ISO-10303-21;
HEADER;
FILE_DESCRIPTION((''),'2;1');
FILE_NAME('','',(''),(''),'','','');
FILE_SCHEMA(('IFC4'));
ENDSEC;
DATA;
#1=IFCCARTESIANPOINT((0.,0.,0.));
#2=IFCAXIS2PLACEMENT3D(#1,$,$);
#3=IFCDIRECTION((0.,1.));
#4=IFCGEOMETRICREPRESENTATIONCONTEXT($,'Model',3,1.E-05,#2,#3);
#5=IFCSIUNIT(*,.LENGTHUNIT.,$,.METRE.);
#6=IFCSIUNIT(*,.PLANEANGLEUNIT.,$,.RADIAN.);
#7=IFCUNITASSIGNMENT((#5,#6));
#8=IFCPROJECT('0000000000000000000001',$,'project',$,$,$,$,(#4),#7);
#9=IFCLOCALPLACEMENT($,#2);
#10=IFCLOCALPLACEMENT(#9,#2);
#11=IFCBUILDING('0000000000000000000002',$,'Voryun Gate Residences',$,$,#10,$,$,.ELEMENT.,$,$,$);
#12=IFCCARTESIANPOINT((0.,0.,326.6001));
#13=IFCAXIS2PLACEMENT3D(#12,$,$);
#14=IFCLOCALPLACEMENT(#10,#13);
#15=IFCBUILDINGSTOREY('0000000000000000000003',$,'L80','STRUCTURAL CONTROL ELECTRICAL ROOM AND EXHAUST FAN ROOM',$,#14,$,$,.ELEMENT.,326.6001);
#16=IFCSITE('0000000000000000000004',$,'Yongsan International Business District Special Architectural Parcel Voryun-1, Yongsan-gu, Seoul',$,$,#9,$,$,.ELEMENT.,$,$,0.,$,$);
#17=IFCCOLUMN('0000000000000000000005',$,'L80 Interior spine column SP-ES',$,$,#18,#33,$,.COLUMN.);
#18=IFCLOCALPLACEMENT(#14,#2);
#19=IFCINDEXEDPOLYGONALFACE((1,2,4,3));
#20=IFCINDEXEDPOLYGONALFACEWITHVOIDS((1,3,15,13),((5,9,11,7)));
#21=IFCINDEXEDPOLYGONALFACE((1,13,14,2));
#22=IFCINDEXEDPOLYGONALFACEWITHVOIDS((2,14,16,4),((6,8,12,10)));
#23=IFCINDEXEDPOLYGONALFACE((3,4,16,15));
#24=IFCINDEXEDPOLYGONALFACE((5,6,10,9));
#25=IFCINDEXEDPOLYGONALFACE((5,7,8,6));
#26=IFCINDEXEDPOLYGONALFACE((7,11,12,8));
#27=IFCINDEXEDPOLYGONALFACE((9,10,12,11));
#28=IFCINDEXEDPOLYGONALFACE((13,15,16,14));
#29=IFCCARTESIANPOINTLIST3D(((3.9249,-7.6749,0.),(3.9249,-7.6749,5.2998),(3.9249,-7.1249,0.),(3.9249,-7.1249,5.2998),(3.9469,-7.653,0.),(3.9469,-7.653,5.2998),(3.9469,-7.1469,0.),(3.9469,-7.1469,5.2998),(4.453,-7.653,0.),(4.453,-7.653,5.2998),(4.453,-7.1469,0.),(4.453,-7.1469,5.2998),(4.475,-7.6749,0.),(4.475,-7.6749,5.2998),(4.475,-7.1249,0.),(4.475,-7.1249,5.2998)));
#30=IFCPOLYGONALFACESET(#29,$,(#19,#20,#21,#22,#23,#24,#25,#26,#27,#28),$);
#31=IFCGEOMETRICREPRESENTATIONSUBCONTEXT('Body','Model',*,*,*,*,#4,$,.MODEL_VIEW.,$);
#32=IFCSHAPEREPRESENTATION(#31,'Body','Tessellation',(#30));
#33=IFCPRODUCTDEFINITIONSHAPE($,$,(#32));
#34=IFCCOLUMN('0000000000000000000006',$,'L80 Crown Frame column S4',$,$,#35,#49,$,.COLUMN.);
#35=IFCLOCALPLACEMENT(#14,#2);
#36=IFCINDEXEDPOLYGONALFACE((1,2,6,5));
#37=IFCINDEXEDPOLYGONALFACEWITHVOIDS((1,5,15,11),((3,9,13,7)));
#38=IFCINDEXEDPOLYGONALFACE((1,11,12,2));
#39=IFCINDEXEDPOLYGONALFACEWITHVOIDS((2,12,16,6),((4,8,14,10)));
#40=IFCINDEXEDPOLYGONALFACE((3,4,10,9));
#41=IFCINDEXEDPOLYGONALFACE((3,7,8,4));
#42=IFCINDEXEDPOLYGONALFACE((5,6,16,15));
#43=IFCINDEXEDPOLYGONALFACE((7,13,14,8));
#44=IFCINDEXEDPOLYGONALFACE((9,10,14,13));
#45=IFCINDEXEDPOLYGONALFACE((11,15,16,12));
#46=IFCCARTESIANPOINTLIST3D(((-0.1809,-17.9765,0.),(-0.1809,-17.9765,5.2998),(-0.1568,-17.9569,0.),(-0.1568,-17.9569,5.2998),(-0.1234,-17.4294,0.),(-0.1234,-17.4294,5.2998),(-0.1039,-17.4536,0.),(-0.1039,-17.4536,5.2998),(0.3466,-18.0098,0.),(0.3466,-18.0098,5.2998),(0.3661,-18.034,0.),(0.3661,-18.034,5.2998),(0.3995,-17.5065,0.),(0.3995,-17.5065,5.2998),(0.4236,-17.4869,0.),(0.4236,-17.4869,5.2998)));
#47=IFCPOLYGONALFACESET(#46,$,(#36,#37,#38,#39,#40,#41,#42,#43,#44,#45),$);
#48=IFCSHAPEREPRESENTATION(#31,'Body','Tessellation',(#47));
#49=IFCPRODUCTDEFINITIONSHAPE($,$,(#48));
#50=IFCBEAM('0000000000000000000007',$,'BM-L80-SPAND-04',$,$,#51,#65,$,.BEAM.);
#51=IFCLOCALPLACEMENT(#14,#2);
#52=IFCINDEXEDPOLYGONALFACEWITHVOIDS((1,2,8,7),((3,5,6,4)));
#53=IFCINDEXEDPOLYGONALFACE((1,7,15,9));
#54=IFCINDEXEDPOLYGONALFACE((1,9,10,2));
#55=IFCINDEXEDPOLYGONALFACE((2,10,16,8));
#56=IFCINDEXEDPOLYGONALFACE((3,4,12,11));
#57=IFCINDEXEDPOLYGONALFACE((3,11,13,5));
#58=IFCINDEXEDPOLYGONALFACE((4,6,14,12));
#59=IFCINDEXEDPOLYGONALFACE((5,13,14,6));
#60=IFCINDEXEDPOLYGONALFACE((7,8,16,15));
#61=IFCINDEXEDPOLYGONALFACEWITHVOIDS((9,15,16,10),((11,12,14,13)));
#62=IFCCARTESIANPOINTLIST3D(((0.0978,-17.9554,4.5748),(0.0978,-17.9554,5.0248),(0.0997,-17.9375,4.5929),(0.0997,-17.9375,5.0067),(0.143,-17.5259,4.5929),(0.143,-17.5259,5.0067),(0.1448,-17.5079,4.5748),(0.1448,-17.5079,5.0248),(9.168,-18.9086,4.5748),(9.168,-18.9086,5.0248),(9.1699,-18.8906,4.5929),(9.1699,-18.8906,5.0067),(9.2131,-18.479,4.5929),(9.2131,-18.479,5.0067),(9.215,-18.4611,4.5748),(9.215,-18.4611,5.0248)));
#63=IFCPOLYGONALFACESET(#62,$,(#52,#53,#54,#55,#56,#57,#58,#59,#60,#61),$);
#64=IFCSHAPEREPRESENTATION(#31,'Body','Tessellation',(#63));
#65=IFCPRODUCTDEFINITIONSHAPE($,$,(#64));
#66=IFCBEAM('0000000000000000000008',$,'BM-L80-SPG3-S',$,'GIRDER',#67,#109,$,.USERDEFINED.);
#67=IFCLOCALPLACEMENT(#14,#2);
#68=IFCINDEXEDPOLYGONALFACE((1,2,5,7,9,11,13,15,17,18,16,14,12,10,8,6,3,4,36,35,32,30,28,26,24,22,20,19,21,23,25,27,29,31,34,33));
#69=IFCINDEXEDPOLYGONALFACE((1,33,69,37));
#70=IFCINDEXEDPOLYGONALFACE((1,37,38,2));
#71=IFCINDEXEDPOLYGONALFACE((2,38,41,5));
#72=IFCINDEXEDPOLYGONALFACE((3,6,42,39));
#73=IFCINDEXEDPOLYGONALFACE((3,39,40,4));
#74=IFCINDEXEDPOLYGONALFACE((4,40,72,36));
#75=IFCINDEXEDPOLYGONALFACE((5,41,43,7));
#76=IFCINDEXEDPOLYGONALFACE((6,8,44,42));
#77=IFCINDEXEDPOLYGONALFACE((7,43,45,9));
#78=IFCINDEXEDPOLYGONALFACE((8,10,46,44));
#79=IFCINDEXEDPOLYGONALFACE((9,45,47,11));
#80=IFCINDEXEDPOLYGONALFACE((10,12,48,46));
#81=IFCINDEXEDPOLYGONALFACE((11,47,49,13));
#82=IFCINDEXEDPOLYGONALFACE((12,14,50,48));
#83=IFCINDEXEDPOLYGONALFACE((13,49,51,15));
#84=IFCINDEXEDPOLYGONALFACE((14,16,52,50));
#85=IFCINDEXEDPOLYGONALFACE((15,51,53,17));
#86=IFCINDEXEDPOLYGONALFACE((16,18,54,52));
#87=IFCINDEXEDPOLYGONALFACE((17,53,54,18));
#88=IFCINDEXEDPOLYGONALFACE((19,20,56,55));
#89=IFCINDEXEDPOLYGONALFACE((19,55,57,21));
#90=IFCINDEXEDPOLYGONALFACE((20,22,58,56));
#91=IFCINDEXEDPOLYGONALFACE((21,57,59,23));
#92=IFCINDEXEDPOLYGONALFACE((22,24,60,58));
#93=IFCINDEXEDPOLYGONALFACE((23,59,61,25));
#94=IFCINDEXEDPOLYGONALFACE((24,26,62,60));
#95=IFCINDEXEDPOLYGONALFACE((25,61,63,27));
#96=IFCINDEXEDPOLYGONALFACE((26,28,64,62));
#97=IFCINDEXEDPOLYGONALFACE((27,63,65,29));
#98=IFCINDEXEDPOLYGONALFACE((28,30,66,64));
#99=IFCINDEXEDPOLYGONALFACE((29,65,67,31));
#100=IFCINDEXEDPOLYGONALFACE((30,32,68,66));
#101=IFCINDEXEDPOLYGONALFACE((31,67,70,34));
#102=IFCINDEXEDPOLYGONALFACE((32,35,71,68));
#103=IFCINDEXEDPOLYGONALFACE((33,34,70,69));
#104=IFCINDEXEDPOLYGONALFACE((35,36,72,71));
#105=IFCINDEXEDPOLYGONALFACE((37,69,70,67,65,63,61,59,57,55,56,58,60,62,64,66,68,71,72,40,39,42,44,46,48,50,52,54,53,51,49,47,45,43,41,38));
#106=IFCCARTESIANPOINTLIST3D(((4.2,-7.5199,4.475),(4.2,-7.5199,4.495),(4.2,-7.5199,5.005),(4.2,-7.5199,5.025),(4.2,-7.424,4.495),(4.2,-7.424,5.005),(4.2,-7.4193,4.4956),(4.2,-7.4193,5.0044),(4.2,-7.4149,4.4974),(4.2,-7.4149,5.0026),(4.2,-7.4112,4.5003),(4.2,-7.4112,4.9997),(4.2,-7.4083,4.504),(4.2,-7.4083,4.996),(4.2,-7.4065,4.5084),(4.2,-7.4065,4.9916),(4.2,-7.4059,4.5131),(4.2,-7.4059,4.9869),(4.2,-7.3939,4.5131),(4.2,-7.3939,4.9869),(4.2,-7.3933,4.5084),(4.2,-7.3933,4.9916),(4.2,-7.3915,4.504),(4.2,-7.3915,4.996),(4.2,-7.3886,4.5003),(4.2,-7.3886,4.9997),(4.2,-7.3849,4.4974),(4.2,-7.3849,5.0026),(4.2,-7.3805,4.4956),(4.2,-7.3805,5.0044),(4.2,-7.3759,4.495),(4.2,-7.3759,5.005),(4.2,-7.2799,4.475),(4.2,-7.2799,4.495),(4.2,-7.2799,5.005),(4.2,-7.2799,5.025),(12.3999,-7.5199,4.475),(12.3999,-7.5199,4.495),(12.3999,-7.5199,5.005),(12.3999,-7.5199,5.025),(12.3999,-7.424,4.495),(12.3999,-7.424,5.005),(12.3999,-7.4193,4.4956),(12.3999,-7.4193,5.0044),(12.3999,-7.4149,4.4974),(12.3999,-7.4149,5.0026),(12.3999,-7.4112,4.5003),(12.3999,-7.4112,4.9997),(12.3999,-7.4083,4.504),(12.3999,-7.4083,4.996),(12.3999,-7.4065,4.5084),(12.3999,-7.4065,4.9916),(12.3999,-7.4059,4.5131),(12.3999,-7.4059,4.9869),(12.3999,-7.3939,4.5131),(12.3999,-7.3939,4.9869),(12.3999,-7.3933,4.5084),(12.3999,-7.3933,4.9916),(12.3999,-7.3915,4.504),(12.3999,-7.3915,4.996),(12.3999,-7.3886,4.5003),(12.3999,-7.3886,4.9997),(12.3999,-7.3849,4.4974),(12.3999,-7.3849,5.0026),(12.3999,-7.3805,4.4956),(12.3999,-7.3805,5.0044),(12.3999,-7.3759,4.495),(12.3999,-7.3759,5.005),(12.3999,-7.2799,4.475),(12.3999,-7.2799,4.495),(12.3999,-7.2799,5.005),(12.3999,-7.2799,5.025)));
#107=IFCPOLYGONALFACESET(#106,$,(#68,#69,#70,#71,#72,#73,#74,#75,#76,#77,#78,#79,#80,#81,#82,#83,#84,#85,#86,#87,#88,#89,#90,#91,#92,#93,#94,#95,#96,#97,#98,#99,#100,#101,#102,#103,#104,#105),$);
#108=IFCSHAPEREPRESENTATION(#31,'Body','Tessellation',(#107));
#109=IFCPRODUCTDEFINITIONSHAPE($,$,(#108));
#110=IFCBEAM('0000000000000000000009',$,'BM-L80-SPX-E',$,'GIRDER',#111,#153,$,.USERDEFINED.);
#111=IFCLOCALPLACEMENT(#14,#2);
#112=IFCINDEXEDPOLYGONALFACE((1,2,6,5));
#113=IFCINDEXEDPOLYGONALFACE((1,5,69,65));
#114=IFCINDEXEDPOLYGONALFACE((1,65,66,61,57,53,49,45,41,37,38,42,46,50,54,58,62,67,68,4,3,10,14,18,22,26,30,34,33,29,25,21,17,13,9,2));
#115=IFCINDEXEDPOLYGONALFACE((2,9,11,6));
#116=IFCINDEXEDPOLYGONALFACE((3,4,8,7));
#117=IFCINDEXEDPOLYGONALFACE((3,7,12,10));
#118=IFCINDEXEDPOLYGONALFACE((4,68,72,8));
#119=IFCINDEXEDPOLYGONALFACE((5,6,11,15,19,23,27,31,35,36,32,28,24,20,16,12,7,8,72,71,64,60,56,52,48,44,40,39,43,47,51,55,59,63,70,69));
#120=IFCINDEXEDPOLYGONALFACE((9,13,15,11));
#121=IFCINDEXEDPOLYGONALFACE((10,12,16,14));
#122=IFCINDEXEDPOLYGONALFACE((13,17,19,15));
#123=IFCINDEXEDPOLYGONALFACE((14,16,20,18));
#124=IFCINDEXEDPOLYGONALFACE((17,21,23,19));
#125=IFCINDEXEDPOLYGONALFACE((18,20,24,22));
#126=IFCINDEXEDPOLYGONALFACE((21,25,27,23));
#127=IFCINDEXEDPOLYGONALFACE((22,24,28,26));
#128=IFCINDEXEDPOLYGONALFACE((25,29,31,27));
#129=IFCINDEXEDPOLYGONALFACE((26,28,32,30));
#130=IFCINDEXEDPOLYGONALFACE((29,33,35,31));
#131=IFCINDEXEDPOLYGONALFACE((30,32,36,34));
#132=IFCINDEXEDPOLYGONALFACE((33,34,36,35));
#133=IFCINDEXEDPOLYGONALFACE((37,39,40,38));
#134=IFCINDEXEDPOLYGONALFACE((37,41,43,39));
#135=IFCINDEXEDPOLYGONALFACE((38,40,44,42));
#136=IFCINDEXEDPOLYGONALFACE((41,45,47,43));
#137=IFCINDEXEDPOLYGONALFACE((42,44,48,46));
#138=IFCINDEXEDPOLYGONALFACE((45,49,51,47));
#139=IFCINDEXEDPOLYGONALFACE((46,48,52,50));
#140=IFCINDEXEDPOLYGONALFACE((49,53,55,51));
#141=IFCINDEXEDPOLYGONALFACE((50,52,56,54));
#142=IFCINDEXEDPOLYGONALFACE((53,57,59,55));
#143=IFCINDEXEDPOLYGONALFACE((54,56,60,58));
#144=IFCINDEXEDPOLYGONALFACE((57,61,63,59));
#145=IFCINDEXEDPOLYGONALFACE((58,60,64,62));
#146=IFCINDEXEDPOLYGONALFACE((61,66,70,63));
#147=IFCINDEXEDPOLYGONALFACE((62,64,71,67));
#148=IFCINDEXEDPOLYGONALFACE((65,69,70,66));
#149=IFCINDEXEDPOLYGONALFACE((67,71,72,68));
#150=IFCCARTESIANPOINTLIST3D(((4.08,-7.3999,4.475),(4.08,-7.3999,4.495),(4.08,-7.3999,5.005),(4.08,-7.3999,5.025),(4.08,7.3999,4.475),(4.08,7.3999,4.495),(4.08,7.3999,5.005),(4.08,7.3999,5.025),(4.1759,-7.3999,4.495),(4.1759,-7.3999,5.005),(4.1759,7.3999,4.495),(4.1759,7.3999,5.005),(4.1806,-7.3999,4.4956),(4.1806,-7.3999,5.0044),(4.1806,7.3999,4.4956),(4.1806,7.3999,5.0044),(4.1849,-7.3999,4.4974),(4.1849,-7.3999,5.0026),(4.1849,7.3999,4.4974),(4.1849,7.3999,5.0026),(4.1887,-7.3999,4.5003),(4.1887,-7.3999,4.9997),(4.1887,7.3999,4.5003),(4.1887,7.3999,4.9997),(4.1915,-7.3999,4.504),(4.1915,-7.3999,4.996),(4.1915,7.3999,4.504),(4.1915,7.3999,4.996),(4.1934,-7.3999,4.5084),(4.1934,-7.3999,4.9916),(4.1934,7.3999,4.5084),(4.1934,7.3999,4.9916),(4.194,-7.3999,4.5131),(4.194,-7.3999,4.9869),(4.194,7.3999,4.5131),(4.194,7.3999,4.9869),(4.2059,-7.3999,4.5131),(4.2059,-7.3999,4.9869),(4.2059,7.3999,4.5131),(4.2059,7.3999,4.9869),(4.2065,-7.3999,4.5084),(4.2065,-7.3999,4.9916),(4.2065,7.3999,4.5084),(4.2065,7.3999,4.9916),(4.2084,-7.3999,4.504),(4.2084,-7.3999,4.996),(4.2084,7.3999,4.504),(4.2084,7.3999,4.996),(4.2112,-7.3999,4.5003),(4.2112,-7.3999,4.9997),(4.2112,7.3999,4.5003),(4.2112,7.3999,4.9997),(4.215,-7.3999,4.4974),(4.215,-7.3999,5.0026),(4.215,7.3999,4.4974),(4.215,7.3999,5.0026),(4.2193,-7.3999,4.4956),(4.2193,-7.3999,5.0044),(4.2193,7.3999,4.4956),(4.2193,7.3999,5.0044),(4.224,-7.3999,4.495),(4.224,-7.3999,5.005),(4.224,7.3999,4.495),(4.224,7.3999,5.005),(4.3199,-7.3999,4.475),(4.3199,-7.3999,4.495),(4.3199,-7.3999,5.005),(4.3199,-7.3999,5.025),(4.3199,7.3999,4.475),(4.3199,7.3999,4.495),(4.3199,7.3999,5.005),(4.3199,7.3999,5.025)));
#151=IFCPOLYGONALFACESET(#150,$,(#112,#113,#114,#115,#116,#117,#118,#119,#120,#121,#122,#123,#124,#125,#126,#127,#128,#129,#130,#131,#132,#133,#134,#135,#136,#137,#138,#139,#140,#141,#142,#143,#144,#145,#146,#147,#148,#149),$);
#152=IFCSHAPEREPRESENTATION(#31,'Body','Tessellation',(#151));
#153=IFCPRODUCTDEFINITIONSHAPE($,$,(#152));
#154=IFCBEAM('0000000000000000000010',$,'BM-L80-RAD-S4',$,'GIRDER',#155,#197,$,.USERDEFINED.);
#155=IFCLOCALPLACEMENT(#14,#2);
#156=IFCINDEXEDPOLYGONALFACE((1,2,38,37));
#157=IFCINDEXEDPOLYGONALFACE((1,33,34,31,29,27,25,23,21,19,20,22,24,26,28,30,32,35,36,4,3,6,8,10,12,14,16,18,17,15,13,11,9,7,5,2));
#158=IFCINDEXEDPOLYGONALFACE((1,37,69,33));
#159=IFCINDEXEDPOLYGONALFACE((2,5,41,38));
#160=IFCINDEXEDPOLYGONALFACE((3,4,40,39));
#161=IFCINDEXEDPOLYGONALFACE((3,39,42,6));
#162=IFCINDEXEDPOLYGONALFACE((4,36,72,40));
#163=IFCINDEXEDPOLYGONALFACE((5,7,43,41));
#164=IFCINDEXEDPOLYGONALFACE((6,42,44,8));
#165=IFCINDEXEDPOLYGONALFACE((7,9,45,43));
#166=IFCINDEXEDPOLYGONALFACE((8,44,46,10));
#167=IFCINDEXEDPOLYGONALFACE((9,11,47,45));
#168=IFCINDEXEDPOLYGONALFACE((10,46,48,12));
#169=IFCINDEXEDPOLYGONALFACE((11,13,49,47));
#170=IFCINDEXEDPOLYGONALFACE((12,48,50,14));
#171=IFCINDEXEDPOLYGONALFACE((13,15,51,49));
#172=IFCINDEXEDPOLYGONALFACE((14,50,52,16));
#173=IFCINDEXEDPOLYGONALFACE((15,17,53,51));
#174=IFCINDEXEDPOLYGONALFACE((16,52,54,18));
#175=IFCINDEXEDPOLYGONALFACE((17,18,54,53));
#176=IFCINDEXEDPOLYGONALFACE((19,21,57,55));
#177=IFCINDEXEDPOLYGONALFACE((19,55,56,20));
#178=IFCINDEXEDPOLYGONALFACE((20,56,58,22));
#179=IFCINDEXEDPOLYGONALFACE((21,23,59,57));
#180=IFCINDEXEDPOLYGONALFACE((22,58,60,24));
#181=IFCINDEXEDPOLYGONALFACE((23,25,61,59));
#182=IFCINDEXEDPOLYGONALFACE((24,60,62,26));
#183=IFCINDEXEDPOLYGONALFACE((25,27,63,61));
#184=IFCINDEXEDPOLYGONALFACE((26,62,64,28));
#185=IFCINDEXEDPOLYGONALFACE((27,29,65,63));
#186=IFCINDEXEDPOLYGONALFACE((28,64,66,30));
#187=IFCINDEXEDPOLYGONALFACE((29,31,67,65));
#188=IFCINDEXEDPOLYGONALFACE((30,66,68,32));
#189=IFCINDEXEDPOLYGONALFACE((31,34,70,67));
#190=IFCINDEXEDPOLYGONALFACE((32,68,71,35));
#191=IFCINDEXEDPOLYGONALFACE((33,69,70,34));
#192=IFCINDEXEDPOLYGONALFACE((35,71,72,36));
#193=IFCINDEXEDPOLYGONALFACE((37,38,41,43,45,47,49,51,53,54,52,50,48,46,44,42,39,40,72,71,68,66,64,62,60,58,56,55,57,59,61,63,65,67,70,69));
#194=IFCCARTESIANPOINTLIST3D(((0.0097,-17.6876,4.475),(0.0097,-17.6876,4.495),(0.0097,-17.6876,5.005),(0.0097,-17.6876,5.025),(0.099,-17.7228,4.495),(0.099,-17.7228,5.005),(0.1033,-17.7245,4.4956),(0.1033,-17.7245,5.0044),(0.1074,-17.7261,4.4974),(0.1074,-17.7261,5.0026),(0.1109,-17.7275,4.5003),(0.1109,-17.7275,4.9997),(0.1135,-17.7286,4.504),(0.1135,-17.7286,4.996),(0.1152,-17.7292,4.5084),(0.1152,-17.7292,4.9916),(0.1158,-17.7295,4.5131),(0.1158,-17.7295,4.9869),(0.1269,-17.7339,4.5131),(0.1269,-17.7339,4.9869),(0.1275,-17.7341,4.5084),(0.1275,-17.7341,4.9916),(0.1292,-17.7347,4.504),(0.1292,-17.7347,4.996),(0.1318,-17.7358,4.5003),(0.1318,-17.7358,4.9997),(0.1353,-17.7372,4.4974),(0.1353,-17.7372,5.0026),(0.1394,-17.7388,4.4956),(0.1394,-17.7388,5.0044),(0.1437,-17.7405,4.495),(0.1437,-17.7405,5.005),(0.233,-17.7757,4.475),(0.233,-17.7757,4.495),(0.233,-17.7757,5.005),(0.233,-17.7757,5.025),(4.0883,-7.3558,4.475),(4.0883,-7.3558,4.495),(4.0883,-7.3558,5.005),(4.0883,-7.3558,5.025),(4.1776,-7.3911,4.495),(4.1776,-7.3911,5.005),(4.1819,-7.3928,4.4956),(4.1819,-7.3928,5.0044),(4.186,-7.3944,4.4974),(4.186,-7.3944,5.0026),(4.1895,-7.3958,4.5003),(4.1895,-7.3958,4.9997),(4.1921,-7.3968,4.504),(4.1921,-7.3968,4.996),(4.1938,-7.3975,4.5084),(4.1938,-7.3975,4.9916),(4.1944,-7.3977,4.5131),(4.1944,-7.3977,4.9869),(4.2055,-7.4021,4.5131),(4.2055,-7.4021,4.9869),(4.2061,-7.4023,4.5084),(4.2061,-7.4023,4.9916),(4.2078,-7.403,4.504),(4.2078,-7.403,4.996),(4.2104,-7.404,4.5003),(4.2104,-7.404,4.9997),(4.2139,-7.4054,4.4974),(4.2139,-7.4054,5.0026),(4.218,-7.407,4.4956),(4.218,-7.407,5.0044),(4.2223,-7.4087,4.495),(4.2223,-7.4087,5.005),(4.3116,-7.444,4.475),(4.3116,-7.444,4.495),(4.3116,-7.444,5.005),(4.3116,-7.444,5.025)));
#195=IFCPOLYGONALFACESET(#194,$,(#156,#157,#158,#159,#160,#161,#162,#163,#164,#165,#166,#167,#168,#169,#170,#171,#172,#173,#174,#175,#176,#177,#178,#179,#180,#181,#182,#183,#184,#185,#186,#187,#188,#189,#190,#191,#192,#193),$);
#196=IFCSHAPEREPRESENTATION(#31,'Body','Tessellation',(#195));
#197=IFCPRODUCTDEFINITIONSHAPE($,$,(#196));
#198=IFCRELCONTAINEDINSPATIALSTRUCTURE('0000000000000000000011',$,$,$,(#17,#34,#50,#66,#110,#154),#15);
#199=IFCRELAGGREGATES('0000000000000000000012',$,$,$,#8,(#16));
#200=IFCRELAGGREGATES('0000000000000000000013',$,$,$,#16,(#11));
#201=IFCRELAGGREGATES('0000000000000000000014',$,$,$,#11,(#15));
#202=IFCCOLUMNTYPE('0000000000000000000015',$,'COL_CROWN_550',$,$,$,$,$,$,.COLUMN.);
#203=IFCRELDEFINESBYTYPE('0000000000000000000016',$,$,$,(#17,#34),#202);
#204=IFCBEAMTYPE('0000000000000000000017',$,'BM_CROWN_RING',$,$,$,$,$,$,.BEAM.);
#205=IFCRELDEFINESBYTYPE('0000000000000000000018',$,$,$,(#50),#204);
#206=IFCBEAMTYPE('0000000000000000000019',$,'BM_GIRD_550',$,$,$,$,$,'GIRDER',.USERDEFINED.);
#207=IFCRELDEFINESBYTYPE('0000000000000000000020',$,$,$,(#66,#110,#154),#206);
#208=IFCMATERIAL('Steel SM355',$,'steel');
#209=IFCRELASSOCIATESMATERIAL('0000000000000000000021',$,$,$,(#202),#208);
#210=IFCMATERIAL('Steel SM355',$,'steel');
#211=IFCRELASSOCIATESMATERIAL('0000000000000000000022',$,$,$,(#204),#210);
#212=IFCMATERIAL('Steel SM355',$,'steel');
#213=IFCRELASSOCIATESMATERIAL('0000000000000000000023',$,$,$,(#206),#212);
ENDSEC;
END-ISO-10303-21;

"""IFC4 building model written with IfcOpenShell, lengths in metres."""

from ifc_helpers import new_model, si_unit, direction, frame, origin, origin_2d, place, context, subcontext, project, spatial, hollow_rectangle, i_section, extrude, material, material_profile, profile_set, type_object, element, save


model = new_model("IFC4")

# Units and contexts
model_context = context("Model", 3, precision=1e-05, world=origin(), true_north=direction((0.0, 1.0)))
body_context = subcontext(model_context, "Body", "Model", "MODEL_VIEW")
ifc_project = project(units=[si_unit("LENGTHUNIT", "METRE"), si_unit("PLANEANGLEUNIT", "RADIAN")], contexts=[model_context])

# Site, building, storey
site_placement = place(None, origin())
site = spatial("IfcSite", under=ifc_project, at=site_placement, Name="Yongsan International Business District Special Architectural Parcel Voryun-1, Yongsan-gu, Seoul", CompositionType="ELEMENT", RefElevation=0.0)
building_placement = place(site_placement, origin())
building = spatial("IfcBuilding", under=site, at=building_placement, Name="Voryun Gate Residences", CompositionType="ELEMENT")
storey_placement = place(building_placement, frame((0.0, 0.0, 326.6001)))
storey = spatial("IfcBuildingStorey", under=building, at=storey_placement, Name="L80", Description="STRUCTURAL CONTROL ELECTRICAL ROOM AND EXHAUST FAN ROOM", CompositionType="ELEMENT", Elevation=326.6001)

# Columns
ifc_material_1 = material(Name="Steel SM355", Category="steel")
ifc_material_profile_1 = material_profile(ifc_material_1, hollow_rectangle(XDim=0.55, YDim=0.55, WallThickness=0.022, at=origin_2d()), Name="BOX-550x550x22")
ifc_profile_set_1 = profile_set([ifc_material_profile_1], Name="Steel SM355")
column_type = type_object("IfcColumnType", Name="COL_CROWN_550", PredefinedType="COLUMN", material=ifc_profile_set_1)
for number, where, z_axis, x_axis, name in (
    (1, (4.2, -7.3999, 0.0), (0.0, 0.0, 1.0), (1.0, 0.0, 0.0), "L80 Interior spine column SP-ES"),
    (2, (0.1213, -17.7317, 0.0), (0.0, 0.0, 1.0), (0.994522, -0.104528, 0.0), "L80 Crown Frame column S4"),
):
    element("IfcColumn", number, at=place(storey_placement, frame(where, z_axis=z_axis, x_axis=x_axis)), inside=storey, type_object=column_type, Name=name, PredefinedType="COLUMN", context=body_context, shape_type="SweptSolid", body=[
        extrude(hollow_rectangle(XDim=0.55, YDim=0.55, WallThickness=0.022, at=origin_2d()), origin(), (0.0, 0.0, 1.0), 5.2998),
    ])

# Beams
ifc_material_2 = material(Name="Steel SM355", Category="steel")
ifc_material_profile_2 = material_profile(ifc_material_2, hollow_rectangle(XDim=0.45, YDim=0.45, WallThickness=0.0181, at=origin_2d()), Name="BOX-450x450x18")
ifc_profile_set_2 = profile_set([ifc_material_profile_2], Name="Steel SM355")
beam_type_1 = type_object("IfcBeamType", Name="BM_CROWN_RING", PredefinedType="BEAM", material=ifc_profile_set_2)
beam_1_placement = place(storey_placement, frame((0.1213, -17.7317, 4.7998), z_axis=(0.994524, -0.104509, 0.0), x_axis=(0.104509, 0.994524, 0.0)))
element("IfcBeam", 3, at=beam_1_placement, inside=storey, type_object=beam_type_1, Name="BM-L80-SPAND-04", PredefinedType="BEAM", context=body_context, shape_type="SweptSolid", body=[
    extrude(hollow_rectangle(XDim=0.45, YDim=0.45, WallThickness=0.0181, at=origin_2d()), origin(), (0.0, 0.0, 1.0), 9.1201),
])
ifc_material_3 = material(Name="Steel SM355", Category="steel")
ifc_material_profile_3 = material_profile(ifc_material_3, i_section(OverallWidth=0.24, OverallDepth=0.55, WebThickness=0.012, FlangeThickness=0.02, FilletRadius=0.0181, at=origin_2d()), Name="H-550x240x12x20")
ifc_profile_set_3 = profile_set([ifc_material_profile_3], Name="Steel SM355")
beam_type_2 = type_object("IfcBeamType", Name="BM_GIRD_550", ElementType="GIRDER", PredefinedType="USERDEFINED", material=ifc_profile_set_3)
beam_2_placement = place(storey_placement, frame((4.2, -7.3999, 4.75), z_axis=(1.0, 0.0, 0.0), x_axis=(0.0, 1.0, 0.0)))
element("IfcBeam", 4, at=beam_2_placement, inside=storey, type_object=beam_type_2, Name="BM-L80-SPG3-S", ObjectType="GIRDER", PredefinedType="USERDEFINED", context=body_context, shape_type="SweptSolid", body=[
    extrude(i_section(OverallWidth=0.24, OverallDepth=0.55, WebThickness=0.012, FlangeThickness=0.02, FilletRadius=0.0181, at=origin_2d()), origin(), (0.0, 0.0, 1.0), 8.2),
])
beam_3_placement = place(storey_placement, frame((4.2, -7.3999, 4.75), z_axis=(0.0, 1.0, 0.0), x_axis=(-1.0, 0.0, 0.0)))
element("IfcBeam", 5, at=beam_3_placement, inside=storey, type_object=beam_type_2, Name="BM-L80-SPX-E", ObjectType="GIRDER", PredefinedType="USERDEFINED", context=body_context, shape_type="SweptSolid", body=[
    extrude(i_section(OverallWidth=0.24, OverallDepth=0.55, WebThickness=0.012, FlangeThickness=0.02, FilletRadius=0.0181, at=origin_2d()), origin(), (0.0, 0.0, 1.0), 14.7998),
])
beam_4_placement = place(storey_placement, frame((4.2, -7.3999, 4.75), z_axis=(-0.367188, -0.930147, 0.0), x_axis=(0.930147, -0.367188, 0.0)))
element("IfcBeam", 6, at=beam_4_placement, inside=storey, type_object=beam_type_2, Name="BM-L80-RAD-S4", ObjectType="GIRDER", PredefinedType="USERDEFINED", context=body_context, shape_type="SweptSolid", body=[
    extrude(i_section(OverallWidth=0.24, OverallDepth=0.55, WebThickness=0.012, FlangeThickness=0.02, FilletRadius=0.0181, at=origin_2d()), origin(), (0.0, 0.0, 1.0), 11.1077),
])

save(model, "model.ifc")
